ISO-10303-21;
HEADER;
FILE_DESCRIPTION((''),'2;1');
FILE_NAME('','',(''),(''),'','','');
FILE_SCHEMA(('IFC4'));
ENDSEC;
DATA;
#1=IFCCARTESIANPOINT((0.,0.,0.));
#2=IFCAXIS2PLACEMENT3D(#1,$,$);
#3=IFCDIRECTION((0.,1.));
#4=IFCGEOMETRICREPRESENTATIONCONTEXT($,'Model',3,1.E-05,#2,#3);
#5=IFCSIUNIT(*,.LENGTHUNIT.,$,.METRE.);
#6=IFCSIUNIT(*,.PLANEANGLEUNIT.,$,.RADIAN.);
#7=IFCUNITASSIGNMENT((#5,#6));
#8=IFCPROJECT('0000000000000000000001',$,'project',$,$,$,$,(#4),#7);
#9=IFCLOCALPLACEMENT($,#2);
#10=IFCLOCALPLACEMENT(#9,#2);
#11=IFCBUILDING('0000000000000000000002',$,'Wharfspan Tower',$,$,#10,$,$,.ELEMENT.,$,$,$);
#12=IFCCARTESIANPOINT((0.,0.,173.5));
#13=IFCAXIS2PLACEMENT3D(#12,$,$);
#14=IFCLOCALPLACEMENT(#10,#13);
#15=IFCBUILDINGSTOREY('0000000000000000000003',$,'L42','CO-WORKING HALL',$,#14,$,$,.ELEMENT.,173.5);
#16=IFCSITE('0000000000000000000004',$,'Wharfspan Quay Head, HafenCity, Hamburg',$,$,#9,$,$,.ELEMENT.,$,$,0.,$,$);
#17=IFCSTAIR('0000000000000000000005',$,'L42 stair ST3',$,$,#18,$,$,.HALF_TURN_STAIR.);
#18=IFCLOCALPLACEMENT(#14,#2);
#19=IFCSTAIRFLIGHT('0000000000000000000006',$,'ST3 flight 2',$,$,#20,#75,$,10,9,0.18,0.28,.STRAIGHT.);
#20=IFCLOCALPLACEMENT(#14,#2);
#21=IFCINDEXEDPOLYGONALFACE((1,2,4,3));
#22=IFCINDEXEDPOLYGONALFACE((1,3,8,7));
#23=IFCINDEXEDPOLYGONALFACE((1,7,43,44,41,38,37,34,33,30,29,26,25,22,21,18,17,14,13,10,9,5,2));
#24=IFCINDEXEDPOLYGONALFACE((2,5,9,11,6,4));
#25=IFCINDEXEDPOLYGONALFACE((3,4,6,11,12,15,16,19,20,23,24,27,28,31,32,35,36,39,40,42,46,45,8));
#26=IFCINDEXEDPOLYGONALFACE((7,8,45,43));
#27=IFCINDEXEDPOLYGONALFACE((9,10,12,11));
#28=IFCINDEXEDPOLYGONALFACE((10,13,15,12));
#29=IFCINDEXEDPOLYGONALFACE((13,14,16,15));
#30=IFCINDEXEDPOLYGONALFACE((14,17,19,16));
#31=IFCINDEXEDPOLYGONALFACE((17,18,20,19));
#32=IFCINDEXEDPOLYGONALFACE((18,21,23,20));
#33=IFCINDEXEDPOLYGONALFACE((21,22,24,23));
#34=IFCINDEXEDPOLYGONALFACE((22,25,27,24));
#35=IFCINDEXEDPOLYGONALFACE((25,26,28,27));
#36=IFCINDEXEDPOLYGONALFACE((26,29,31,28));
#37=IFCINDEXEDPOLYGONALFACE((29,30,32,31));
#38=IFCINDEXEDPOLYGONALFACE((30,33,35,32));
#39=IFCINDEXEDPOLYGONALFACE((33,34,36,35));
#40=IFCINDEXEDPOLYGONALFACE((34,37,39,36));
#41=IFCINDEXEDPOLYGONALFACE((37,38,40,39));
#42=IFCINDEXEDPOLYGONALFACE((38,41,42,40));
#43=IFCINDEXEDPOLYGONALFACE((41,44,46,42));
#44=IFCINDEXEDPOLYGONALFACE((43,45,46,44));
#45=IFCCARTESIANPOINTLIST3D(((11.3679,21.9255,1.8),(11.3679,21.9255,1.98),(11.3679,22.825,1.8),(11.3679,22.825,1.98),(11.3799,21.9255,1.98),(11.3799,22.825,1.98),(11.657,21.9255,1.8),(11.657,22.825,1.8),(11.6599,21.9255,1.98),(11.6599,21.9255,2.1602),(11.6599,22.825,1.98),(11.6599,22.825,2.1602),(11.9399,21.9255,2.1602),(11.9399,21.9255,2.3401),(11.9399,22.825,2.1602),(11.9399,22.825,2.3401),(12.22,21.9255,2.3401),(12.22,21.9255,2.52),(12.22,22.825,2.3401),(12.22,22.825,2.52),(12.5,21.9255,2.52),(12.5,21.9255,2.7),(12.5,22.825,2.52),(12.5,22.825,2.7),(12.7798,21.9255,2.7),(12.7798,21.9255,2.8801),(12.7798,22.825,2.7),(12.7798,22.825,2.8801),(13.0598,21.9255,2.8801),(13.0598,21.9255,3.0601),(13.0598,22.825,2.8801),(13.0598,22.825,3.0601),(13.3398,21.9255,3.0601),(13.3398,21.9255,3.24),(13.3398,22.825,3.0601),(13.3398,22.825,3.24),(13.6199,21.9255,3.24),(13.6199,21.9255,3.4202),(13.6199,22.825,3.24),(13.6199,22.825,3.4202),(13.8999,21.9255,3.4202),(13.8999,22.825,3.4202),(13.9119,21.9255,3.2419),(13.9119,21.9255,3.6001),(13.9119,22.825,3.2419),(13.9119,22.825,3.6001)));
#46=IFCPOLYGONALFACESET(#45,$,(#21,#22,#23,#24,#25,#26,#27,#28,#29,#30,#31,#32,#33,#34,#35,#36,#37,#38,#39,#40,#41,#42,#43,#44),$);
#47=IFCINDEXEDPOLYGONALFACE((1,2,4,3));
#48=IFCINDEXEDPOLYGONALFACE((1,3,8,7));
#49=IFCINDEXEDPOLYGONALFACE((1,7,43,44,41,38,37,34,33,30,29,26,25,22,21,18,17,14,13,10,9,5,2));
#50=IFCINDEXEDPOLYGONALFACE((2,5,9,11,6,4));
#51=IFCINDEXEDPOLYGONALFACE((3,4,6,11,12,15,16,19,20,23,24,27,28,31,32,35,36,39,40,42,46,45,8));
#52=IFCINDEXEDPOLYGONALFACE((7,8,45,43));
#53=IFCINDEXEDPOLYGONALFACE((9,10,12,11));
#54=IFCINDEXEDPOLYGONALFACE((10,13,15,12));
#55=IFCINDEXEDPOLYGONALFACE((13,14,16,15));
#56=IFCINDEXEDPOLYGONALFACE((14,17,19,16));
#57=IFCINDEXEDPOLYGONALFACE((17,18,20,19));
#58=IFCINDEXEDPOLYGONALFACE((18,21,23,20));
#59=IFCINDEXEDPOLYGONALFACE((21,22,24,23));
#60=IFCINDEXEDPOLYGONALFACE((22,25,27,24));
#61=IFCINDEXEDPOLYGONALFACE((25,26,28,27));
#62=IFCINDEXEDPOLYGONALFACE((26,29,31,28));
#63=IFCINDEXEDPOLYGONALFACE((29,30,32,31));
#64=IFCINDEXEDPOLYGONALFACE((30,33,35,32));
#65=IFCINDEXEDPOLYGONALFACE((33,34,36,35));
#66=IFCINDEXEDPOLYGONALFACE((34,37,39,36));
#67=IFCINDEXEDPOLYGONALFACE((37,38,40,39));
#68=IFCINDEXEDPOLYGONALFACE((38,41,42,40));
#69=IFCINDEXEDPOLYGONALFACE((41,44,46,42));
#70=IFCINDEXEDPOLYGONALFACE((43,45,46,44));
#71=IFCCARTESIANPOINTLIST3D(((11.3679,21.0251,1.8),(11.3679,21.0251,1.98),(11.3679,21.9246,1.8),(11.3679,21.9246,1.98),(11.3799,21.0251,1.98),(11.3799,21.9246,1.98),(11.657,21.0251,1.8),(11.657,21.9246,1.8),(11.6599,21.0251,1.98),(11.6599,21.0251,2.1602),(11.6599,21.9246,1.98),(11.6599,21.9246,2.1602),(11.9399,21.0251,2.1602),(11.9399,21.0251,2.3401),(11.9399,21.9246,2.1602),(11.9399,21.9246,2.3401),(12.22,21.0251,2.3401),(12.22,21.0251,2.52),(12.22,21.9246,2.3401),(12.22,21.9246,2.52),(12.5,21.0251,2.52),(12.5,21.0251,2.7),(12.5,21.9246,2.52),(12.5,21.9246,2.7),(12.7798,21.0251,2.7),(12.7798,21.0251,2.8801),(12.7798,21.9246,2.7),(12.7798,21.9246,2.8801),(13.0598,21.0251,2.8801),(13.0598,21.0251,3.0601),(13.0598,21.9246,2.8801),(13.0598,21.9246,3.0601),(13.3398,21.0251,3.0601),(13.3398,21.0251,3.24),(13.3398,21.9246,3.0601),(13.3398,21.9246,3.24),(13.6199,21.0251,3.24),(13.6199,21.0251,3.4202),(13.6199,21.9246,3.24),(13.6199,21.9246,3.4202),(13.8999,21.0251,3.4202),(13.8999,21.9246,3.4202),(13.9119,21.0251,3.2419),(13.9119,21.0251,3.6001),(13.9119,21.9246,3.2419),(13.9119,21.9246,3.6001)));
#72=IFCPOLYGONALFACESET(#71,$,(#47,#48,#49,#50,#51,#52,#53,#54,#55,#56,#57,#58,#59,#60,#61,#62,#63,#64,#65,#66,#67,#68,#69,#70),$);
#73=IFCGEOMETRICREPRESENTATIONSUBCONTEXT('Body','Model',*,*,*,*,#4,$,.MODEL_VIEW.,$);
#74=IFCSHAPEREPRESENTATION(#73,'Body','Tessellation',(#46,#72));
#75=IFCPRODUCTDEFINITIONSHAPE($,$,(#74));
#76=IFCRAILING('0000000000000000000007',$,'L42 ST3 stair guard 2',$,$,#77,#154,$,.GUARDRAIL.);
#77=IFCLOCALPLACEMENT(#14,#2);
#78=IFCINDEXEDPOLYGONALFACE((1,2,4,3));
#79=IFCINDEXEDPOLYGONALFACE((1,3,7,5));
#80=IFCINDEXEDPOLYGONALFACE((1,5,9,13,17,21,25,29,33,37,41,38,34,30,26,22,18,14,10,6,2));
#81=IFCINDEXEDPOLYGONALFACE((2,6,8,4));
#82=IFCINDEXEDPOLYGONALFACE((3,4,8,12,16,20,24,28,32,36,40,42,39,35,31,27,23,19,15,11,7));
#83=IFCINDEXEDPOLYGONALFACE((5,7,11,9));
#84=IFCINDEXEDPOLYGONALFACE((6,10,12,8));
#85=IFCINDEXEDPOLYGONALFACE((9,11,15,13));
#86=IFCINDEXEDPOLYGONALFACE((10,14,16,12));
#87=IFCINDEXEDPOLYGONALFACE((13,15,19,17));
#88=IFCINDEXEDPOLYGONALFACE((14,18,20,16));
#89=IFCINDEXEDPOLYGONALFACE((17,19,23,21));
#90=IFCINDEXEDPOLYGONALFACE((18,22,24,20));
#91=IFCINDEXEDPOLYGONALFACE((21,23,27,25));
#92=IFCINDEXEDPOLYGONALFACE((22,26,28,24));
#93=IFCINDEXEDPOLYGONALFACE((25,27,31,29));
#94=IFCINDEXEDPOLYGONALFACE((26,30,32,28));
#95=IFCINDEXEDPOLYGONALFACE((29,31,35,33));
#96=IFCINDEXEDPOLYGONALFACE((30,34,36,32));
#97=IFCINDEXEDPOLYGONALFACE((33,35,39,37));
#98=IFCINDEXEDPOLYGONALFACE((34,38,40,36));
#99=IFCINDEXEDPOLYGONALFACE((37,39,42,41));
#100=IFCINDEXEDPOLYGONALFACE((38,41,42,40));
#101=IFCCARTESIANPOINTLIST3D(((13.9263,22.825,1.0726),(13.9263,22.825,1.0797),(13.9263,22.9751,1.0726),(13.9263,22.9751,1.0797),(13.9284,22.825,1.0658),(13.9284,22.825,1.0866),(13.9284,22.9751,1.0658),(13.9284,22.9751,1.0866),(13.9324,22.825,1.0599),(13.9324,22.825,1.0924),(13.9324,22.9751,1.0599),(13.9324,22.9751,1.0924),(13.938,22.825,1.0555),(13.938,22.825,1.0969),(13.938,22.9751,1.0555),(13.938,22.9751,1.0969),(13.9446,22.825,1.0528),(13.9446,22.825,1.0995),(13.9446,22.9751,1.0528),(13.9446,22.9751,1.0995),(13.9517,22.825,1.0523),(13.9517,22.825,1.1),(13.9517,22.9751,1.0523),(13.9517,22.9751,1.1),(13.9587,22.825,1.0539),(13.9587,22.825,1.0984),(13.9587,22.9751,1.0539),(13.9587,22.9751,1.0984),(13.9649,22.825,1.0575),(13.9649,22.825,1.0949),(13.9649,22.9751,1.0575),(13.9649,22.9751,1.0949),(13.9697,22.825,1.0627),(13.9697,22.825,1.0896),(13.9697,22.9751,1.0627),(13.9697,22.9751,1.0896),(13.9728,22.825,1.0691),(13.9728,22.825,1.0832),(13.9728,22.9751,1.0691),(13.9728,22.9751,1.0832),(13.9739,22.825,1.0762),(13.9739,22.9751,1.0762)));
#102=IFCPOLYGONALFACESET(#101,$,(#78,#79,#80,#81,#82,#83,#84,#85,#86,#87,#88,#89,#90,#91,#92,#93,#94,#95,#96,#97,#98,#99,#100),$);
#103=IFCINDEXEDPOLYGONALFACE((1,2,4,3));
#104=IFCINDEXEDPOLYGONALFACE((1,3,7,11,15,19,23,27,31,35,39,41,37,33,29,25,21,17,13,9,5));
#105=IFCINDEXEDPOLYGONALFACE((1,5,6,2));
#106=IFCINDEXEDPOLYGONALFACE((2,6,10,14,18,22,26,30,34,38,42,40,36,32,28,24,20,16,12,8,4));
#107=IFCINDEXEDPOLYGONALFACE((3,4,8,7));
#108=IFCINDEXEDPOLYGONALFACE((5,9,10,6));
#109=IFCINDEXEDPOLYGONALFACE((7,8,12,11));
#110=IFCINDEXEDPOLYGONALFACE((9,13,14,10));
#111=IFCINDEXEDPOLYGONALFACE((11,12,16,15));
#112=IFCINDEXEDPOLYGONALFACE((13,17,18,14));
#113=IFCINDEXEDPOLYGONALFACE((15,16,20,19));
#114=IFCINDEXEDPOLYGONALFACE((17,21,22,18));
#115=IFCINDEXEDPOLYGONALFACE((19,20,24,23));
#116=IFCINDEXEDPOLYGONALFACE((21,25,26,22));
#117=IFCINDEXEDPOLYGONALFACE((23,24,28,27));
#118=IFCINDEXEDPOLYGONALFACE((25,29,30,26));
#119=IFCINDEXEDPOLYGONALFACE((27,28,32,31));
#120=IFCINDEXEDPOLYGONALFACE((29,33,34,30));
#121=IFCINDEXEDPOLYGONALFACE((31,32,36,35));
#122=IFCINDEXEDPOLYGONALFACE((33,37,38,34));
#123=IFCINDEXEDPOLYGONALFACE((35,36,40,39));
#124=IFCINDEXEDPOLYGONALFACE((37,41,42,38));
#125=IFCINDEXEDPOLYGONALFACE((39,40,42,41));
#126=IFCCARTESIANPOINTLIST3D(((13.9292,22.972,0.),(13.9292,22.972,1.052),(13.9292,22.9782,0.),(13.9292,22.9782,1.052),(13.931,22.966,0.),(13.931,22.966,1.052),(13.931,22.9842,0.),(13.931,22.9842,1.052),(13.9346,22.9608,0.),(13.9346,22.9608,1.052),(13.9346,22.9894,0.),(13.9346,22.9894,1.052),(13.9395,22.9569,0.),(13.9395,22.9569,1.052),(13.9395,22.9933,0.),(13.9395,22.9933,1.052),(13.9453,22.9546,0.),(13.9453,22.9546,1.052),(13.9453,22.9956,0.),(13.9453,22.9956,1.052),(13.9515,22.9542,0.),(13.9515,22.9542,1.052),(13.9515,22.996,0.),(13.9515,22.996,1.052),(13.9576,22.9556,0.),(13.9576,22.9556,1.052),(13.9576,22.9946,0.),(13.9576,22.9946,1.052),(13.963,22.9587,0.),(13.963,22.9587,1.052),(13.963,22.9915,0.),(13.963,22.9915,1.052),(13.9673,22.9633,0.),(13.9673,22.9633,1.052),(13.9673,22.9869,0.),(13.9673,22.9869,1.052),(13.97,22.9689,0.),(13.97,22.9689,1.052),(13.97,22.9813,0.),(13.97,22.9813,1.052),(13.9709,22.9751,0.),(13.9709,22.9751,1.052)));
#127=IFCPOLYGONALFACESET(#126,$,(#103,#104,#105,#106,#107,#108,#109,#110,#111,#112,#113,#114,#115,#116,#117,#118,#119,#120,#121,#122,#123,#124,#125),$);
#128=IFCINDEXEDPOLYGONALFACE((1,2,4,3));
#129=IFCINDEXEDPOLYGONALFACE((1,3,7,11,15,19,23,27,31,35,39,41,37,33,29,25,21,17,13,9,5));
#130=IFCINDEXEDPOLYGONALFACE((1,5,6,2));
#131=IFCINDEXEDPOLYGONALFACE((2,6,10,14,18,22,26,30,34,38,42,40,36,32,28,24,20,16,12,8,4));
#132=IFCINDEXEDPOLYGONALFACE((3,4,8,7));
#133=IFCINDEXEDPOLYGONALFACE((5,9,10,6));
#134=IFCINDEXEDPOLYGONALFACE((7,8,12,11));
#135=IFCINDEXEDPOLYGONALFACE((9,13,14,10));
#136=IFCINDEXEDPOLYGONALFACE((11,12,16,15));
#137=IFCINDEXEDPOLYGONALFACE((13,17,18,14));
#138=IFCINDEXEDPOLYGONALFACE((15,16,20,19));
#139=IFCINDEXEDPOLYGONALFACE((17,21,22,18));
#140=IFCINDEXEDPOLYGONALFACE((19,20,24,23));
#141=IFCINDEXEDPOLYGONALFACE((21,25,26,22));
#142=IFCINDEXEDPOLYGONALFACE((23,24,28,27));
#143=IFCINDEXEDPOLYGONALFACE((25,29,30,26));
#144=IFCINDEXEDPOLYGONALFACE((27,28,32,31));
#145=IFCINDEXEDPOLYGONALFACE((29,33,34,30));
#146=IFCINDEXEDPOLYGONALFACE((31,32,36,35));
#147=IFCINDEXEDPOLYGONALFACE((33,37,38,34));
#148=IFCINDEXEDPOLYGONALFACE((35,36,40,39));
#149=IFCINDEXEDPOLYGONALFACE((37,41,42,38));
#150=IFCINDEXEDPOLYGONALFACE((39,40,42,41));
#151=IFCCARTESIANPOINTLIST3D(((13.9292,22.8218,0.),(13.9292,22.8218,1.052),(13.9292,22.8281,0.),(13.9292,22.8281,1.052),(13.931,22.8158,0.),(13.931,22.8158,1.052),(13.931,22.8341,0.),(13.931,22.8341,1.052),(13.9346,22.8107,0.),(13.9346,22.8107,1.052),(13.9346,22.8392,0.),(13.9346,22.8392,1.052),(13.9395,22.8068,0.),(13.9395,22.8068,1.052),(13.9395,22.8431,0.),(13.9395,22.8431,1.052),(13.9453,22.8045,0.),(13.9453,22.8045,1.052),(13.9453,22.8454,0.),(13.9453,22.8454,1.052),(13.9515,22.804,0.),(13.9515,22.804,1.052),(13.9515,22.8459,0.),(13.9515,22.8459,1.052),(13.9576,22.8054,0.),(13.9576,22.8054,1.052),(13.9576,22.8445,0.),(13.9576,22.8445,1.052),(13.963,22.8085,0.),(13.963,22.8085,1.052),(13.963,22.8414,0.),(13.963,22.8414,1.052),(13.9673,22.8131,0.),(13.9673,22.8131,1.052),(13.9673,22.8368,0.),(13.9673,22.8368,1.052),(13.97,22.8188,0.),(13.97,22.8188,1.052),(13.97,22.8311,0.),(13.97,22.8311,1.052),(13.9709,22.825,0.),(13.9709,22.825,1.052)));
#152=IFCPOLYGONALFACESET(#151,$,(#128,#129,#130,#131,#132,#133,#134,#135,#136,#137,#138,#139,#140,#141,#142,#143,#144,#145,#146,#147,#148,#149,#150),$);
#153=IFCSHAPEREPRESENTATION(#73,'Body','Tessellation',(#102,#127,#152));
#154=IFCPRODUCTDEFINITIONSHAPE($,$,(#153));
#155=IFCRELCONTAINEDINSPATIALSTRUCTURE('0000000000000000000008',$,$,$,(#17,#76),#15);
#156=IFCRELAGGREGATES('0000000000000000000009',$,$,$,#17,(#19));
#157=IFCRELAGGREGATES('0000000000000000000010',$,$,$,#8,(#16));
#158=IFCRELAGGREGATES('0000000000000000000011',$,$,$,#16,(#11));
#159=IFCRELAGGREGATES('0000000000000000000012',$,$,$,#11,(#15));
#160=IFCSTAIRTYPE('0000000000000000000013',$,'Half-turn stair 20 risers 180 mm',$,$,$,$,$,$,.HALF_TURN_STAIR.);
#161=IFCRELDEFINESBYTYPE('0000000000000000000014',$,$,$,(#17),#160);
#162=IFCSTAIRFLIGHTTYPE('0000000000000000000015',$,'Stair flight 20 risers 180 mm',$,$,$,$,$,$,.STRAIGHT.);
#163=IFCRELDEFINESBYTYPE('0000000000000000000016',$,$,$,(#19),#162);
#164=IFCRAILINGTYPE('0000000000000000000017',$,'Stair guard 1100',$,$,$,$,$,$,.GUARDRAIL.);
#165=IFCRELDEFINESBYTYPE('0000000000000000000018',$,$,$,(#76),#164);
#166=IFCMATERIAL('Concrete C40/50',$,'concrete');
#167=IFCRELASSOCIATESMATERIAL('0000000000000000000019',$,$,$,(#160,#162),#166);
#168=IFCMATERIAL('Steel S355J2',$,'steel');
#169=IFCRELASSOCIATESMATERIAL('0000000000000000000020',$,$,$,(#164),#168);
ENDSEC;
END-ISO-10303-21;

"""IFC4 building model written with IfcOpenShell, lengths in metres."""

from ifc_helpers import new_model, si_unit, direction, frame, origin, origin_2d, place, context, subcontext, project, spatial, polyline, circle, outline, extrude, material, type_object, element, aggregate, save


model = new_model("IFC4")

# Units and contexts
model_context = context("Model", 3, precision=1e-05, world=origin(), true_north=direction((0.0, 1.0)))
body_context = subcontext(model_context, "Body", "Model", "MODEL_VIEW")
ifc_project = project(units=[si_unit("LENGTHUNIT", "METRE"), si_unit("PLANEANGLEUNIT", "RADIAN")], contexts=[model_context])

# Site, building, storey
site_placement = place(None, origin())
site = spatial("IfcSite", under=ifc_project, at=site_placement, Name="Wharfspan Quay Head, HafenCity, Hamburg", CompositionType="ELEMENT", RefElevation=0.0)
building_placement = place(site_placement, origin())
building = spatial("IfcBuilding", under=site, at=building_placement, Name="Wharfspan Tower", CompositionType="ELEMENT")
storey_placement = place(building_placement, frame((0.0, 0.0, 173.5)))
storey = spatial("IfcBuildingStorey", under=building, at=storey_placement, Name="L42", Description="CO-WORKING HALL", CompositionType="ELEMENT", Elevation=173.5)

# Shared definitions
ifc_material_1 = material(Name="Concrete C40/50", Category="concrete")

# Stair, stair flight
stair_type = type_object("IfcStairType", Name="Half-turn stair 20 risers 180 mm", PredefinedType="HALF_TURN_STAIR", material=ifc_material_1)
stair_placement = place(storey_placement, origin())
stair = element("IfcStair", 1, at=stair_placement, inside=storey, type_object=stair_type, Name="L42 stair ST3", PredefinedType="HALF_TURN_STAIR")
stair_flight_type = type_object("IfcStairFlightType", Name="Stair flight 20 risers 180 mm", PredefinedType="STRAIGHT", material=ifc_material_1)
stair_flight_1_placement = place(storey_placement, frame((11.3799, 21.925, 1.8), z_axis=(0.0, 0.0, 1.0), x_axis=(1.0, 0.0, 0.0)))
stair_flight_1 = element("IfcStairFlight", 2, at=stair_flight_1_placement, type_object=stair_flight_type, Name="ST3 flight 2", NumberOfRisers=10, NumberOfTreads=9, PredefinedType="STRAIGHT", RiserHeight=0.18, TreadLength=0.28, context=body_context, shape_type="SweptSolid", body=[
    extrude(outline(polyline([(-0.012, 0.0), (-0.012, 0.1799), (0.0, 0.1799), (0.28, 0.1799), (0.28, 0.3601), (0.5601, 0.3601), (0.5601, 0.54), (0.8401, 0.54), (0.8401, 0.72), (1.1201, 0.72), (1.1201, 0.8999), (1.3999, 0.8999), (1.3999, 1.0801), (1.6799, 1.0801), (1.6799, 1.26), (1.96, 1.26), (1.96, 1.4399), (2.24, 1.4399), (2.24, 1.6201), (2.52, 1.6201), (2.532, 1.8), (2.532, 1.4419), (0.2771, 0.0), (-0.012, 0.0)])), frame((0.0, 0.8999, 0.0), z_axis=(0.0, -1.0, 0.0), x_axis=(1.0, 0.0, 0.0)), (0.0, 0.0, 1.0), 0.8994),
    extrude(outline(polyline([(-0.012, 0.0), (-0.012, 0.1799), (0.0, 0.1799), (0.28, 0.1799), (0.28, 0.3601), (0.5601, 0.3601), (0.5601, 0.54), (0.8401, 0.54), (0.8401, 0.72), (1.1201, 0.72), (1.1201, 0.8999), (1.3999, 0.8999), (1.3999, 1.0801), (1.6799, 1.0801), (1.6799, 1.26), (1.96, 1.26), (1.96, 1.4399), (2.24, 1.4399), (2.24, 1.6201), (2.52, 1.6201), (2.532, 1.8), (2.532, 1.4419), (0.2771, 0.0), (-0.012, 0.0)])), frame((0.0, -0.0005, 0.0), z_axis=(0.0, -1.0, 0.0), x_axis=(1.0, 0.0, 0.0)), (0.0, 0.0, 1.0), 0.8994),
])
aggregate(stair, [stair_flight_1])

# Railing
ifc_material_2 = material(Name="Steel S355J2", Category="steel")
railing_type_1 = type_object("IfcRailingType", Name="Stair guard 1100", PredefinedType="GUARDRAIL", material=ifc_material_2)
railing_1_placement = place(storey_placement, frame((13.95, 22.9751, 0.0)))
element("IfcRailing", 3, at=railing_1_placement, inside=storey, type_object=railing_type_1, Name="L42 ST3 stair guard 2", PredefinedType="GUARDRAIL", context=body_context, shape_type="SweptSolid", body=[
    extrude(circle(Radius=0.0239, at=origin_2d()), frame((0.0, 0.0, 1.0762), z_axis=(0.0, -1.0, 0.0), x_axis=(1.0, 0.0, 0.0)), (0.0, 0.0, 1.0), 0.1501),
    extrude(circle(Radius=0.021, at=origin_2d()), origin(), (0.0, 0.0, 1.0), 1.052),
    extrude(circle(Radius=0.021, at=origin_2d()), frame((0.0, -0.1501, 0.0)), (0.0, 0.0, 1.0), 1.052),
])

save(model, "model.ifc")
